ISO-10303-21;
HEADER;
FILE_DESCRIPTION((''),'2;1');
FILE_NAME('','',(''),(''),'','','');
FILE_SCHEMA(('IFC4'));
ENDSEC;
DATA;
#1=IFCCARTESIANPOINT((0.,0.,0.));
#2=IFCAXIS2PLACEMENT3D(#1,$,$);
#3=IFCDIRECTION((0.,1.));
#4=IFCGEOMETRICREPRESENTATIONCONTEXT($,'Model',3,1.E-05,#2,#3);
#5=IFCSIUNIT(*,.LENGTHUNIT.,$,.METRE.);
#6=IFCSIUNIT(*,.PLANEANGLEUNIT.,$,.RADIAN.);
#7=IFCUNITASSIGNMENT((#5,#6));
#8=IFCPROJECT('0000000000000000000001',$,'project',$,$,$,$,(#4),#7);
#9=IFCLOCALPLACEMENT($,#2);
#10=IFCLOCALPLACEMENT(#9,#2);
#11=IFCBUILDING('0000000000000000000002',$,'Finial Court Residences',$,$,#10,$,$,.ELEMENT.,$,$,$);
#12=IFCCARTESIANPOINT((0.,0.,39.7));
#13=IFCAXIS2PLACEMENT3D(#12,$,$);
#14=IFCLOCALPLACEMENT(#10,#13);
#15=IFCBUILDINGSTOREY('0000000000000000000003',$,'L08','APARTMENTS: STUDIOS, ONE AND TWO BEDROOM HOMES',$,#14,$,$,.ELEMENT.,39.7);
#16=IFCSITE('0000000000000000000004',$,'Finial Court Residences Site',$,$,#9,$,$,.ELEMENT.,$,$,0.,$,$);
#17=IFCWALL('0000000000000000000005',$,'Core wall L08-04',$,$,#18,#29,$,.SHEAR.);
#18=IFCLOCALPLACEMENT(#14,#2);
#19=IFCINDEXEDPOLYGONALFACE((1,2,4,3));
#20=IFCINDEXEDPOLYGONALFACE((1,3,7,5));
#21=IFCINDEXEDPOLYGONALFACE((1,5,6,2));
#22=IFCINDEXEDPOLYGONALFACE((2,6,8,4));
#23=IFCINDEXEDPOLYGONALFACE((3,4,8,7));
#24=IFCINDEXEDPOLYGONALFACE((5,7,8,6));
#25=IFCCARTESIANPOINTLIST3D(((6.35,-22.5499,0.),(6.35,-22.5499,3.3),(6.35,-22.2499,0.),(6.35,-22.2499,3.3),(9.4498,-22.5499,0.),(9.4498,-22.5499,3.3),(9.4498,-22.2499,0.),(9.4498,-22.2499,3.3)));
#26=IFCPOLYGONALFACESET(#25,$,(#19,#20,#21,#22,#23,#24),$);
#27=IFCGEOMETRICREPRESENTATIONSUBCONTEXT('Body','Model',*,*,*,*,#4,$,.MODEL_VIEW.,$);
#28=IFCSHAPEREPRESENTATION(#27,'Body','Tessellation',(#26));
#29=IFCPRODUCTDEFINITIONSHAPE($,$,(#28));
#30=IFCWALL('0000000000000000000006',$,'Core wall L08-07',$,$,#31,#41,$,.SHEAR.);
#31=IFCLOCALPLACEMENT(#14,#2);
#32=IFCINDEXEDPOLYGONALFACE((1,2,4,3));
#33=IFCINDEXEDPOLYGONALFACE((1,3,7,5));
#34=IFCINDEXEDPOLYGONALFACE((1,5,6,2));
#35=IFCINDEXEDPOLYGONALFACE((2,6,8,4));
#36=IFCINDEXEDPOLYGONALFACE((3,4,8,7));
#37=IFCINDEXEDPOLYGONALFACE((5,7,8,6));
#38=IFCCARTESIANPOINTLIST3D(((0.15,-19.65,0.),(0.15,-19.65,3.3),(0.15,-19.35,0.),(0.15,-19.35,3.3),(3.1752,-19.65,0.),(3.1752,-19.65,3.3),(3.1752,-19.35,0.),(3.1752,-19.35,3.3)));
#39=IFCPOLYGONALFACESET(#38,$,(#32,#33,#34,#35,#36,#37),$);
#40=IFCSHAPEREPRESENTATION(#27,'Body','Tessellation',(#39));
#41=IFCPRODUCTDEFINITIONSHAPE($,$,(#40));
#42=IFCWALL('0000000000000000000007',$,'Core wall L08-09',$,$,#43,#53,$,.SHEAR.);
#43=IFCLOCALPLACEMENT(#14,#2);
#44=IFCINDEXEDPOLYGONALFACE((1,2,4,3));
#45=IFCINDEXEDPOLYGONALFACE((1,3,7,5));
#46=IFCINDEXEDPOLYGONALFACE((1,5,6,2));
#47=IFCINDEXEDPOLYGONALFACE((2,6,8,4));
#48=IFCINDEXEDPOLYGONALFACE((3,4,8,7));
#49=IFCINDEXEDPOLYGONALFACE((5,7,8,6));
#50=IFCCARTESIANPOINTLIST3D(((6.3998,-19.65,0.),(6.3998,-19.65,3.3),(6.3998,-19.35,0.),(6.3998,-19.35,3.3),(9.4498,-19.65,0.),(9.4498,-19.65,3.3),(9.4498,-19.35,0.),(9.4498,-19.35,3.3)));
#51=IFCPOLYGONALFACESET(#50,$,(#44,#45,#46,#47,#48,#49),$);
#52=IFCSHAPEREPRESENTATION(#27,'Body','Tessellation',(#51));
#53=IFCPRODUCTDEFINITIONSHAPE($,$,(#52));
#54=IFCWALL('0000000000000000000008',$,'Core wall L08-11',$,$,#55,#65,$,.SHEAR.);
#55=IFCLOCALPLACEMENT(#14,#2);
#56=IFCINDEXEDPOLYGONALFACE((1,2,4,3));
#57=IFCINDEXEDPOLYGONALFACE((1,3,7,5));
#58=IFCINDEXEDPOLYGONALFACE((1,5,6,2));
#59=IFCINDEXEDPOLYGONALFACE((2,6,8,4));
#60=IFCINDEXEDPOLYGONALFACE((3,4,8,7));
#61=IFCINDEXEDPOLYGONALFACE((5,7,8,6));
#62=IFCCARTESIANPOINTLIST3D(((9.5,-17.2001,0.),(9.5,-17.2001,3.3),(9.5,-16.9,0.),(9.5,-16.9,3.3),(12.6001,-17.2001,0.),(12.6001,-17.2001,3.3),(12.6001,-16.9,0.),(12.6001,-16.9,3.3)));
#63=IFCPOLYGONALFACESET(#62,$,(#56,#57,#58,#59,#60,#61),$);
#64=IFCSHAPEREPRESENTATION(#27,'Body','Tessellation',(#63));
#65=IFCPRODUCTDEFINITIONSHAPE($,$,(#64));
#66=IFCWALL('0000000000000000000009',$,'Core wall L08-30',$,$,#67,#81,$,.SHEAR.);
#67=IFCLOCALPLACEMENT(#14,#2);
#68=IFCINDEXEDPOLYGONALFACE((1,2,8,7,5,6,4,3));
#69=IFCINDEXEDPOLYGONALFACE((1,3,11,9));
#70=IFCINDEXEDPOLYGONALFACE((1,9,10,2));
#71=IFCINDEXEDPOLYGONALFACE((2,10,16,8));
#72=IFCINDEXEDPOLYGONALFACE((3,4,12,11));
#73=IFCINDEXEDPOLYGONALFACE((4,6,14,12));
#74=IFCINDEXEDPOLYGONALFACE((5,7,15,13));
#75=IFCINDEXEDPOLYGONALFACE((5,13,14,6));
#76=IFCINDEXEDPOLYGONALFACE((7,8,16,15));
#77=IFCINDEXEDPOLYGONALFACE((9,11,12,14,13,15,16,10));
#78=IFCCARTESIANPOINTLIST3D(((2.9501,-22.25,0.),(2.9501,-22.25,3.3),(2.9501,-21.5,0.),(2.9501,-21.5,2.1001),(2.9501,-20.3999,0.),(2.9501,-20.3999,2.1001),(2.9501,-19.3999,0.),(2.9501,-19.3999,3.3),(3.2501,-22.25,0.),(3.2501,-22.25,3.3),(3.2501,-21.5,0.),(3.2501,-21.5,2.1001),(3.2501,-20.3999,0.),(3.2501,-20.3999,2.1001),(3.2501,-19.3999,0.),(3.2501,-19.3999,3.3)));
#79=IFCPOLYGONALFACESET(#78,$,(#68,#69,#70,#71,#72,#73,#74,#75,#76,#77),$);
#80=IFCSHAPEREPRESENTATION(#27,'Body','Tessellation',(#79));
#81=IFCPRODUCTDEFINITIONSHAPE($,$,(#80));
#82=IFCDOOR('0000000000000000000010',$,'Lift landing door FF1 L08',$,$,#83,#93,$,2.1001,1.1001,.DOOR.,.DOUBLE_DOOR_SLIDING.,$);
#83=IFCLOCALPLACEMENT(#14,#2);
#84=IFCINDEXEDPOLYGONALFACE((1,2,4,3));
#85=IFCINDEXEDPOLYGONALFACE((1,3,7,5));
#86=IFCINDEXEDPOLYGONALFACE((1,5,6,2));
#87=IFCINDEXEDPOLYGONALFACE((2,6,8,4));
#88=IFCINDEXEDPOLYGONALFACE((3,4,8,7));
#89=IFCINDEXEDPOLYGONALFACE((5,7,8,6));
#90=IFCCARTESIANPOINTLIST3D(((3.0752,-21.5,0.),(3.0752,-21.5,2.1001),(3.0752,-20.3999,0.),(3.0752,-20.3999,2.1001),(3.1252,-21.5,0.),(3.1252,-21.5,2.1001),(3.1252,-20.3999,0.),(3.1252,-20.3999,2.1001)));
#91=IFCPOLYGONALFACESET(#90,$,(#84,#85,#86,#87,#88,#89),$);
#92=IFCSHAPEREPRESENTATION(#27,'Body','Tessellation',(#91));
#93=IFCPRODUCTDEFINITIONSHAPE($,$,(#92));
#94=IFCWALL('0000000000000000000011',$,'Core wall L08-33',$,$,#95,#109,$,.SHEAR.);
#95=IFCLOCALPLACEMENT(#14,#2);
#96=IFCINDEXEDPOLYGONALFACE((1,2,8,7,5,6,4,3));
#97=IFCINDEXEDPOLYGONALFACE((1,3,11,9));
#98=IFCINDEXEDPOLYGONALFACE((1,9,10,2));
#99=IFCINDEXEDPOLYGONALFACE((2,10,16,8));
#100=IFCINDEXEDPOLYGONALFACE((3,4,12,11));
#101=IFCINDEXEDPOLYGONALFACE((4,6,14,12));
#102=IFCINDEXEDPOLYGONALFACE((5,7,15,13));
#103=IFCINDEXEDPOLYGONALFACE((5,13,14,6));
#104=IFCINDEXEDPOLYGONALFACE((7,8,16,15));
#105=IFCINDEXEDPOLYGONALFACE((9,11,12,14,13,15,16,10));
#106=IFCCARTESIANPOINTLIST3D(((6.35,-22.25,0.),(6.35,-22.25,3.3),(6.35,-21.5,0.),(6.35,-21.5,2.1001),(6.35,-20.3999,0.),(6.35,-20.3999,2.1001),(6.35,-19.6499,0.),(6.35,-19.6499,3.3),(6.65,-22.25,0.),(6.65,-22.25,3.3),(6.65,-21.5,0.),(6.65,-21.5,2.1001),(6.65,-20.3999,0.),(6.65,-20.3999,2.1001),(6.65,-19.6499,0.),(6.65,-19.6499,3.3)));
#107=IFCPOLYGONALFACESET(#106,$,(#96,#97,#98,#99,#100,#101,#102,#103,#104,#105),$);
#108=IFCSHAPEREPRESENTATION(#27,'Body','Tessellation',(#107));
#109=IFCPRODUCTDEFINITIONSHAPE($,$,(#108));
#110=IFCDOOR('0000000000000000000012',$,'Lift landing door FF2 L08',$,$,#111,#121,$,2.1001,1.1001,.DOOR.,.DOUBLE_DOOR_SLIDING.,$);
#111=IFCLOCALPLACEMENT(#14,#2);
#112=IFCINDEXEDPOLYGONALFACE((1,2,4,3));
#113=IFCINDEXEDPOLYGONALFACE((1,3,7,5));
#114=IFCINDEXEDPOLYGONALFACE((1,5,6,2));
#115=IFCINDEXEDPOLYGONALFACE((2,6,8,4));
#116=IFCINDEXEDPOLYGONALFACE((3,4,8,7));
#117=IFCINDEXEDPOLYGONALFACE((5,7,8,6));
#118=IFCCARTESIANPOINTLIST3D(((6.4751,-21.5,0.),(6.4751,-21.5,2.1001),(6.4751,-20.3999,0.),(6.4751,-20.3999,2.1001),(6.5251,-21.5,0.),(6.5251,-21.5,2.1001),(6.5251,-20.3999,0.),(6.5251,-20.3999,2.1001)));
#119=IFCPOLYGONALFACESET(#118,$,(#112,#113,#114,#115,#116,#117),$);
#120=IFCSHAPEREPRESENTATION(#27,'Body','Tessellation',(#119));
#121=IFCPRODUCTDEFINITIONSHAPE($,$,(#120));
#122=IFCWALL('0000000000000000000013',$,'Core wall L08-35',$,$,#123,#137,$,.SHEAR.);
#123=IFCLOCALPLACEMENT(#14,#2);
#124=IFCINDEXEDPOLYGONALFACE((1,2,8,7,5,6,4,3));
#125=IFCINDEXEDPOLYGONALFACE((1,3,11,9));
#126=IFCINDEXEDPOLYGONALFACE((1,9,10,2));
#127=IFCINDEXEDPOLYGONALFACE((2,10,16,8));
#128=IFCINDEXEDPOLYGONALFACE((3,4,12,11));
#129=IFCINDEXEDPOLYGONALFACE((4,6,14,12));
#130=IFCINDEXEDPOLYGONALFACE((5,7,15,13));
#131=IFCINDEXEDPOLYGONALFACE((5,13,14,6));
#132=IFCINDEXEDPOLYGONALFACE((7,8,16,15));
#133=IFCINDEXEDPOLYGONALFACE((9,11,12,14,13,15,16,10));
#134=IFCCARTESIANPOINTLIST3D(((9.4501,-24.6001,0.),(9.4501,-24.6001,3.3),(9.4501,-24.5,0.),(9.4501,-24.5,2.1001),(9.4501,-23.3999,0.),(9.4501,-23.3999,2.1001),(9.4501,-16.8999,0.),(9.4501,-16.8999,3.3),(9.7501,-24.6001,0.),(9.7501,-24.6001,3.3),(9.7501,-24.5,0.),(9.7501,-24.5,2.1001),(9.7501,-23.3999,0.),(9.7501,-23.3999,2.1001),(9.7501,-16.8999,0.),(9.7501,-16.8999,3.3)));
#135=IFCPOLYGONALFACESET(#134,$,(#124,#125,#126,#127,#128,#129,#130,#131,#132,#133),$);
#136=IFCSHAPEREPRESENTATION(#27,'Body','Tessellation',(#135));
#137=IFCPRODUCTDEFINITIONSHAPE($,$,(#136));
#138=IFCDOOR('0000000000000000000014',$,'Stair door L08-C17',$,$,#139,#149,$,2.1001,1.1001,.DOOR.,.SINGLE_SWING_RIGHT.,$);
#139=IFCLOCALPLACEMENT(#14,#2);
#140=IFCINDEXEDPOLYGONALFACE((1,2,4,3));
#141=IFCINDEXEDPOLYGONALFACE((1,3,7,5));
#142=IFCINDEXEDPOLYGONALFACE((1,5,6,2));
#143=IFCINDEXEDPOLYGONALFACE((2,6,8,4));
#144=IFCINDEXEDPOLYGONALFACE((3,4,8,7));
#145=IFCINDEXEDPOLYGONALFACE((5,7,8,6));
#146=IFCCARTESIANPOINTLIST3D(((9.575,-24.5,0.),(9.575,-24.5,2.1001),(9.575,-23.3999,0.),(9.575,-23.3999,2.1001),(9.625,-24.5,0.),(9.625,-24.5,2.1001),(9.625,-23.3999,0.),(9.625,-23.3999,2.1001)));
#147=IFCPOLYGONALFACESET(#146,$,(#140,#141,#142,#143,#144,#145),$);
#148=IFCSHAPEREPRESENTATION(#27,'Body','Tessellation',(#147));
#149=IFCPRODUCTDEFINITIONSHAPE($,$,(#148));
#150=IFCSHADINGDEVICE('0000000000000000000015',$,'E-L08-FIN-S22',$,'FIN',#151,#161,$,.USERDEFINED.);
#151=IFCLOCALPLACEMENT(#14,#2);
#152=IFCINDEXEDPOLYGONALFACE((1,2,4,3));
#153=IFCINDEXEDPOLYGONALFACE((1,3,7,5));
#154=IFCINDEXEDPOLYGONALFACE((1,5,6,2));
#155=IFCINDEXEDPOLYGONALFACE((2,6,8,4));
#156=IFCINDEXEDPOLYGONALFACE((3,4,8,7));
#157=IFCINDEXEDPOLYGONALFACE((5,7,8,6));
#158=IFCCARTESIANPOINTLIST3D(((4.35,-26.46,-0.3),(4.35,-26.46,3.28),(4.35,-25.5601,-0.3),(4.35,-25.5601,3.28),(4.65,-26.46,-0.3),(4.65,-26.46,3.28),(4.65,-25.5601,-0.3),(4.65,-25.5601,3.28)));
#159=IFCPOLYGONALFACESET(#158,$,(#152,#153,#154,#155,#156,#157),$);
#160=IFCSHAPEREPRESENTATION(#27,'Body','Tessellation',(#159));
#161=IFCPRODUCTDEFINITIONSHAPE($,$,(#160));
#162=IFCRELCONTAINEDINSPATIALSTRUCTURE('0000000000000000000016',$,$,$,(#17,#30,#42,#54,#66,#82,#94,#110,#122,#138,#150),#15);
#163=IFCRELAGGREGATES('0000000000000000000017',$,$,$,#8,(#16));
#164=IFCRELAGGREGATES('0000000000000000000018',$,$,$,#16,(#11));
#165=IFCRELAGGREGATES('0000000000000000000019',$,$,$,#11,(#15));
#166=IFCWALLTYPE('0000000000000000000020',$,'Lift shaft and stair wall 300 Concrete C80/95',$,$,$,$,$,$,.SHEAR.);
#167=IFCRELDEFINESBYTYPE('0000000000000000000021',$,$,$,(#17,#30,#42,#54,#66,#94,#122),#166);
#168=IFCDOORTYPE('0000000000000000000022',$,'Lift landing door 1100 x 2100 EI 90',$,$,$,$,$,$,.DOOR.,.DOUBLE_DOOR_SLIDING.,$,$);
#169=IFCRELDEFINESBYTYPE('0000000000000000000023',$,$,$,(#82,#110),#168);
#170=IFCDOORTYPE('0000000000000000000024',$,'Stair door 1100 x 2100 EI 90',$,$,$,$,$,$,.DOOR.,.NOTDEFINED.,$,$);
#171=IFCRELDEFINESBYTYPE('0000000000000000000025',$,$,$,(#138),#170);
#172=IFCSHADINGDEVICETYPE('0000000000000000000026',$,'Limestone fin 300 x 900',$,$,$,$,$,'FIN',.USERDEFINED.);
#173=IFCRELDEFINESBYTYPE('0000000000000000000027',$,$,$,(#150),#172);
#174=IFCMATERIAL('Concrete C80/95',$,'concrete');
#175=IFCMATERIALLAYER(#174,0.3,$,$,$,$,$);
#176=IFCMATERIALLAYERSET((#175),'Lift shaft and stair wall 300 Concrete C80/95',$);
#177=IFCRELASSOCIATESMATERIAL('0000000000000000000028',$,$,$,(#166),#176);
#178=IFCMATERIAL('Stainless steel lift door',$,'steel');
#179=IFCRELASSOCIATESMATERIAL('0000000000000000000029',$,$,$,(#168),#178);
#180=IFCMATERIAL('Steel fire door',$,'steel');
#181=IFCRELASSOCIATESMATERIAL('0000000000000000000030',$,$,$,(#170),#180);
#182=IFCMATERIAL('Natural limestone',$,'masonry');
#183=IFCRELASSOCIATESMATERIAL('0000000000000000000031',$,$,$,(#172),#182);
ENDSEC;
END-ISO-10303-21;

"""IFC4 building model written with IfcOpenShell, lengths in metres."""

from ifc_helpers import new_model, si_unit, direction, frame, frame_2d, origin, origin_2d, place, context, subcontext, project, spatial, rectangle, extrude, material, layer, layer_set, type_object, element, fill, save


model = new_model("IFC4")

# Units and contexts
model_context = context("Model", 3, precision=1e-05, world=origin(), true_north=direction((0.0, 1.0)))
body_context = subcontext(model_context, "Body", "Model", "MODEL_VIEW")
ifc_project = project(units=[si_unit("LENGTHUNIT", "METRE"), si_unit("PLANEANGLEUNIT", "RADIAN")], contexts=[model_context])

# Site, building, storey
site_placement = place(None, origin())
site = spatial("IfcSite", under=ifc_project, at=site_placement, Name="Finial Court Residences Site", CompositionType="ELEMENT", RefElevation=0.0)
building_placement = place(site_placement, origin())
building = spatial("IfcBuilding", under=site, at=building_placement, Name="Finial Court Residences", CompositionType="ELEMENT")
storey_placement = place(building_placement, frame((0.0, 0.0, 39.7)))
storey = spatial("IfcBuildingStorey", under=building, at=storey_placement, Name="L08", Description="APARTMENTS: STUDIOS, ONE AND TWO BEDROOM HOMES", CompositionType="ELEMENT", Elevation=39.7)

# Shared definitions
ifc_material_1 = material(Name="Steel fire door", Category="steel")

# Walls
ifc_material_2 = material(Name="Concrete C80/95", Category="concrete")
ifc_layer_1 = layer(ifc_material_2, 0.3)
ifc_layer_set_1 = layer_set([ifc_layer_1], Name="Lift shaft and stair wall 300 Concrete C80/95")
wall_type_1 = type_object("IfcWallType", Name="Lift shaft and stair wall 300 Concrete C80/95", PredefinedType="SHEAR", material=ifc_layer_set_1)
wall_1_placement = place(storey_placement, frame((6.3501, -22.3999, 0.0), z_axis=(0.0, 0.0, 1.0), x_axis=(1.0, 0.0, 0.0)))
element("IfcWall", 1, at=wall_1_placement, inside=storey, type_object=wall_type_1, Name="Core wall L08-04", PredefinedType="SHEAR", context=body_context, shape_type="SweptSolid", body=[
    extrude(rectangle(XDim=3.0999, YDim=0.3, at=frame_2d((1.5498, 0.0))), origin(), (0.0, 0.0, 1.0), 3.3),
])
wall_2_placement = place(storey_placement, frame((0.1499, -19.5, 0.0), z_axis=(0.0, 0.0, 1.0), x_axis=(1.0, 0.0, 0.0)))
element("IfcWall", 2, at=wall_2_placement, inside=storey, type_object=wall_type_1, Name="Core wall L08-07", PredefinedType="SHEAR", context=body_context, shape_type="SweptSolid", body=[
    extrude(rectangle(XDim=3.0251, YDim=0.3, at=frame_2d((1.5127, 0.0))), origin(), (0.0, 0.0, 1.0), 3.3),
])
wall_3_placement = place(storey_placement, frame((6.3999, -19.5, 0.0), z_axis=(0.0, 0.0, 1.0), x_axis=(1.0, 0.0, 0.0)))
element("IfcWall", 3, at=wall_3_placement, inside=storey, type_object=wall_type_1, Name="Core wall L08-09", PredefinedType="SHEAR", context=body_context, shape_type="SweptSolid", body=[
    extrude(rectangle(XDim=3.05, YDim=0.3, at=frame_2d((1.5249, 0.0))), origin(), (0.0, 0.0, 1.0), 3.3),
])
wall_4_placement = place(storey_placement, frame((9.5, -17.05, 0.0), z_axis=(0.0, 0.0, 1.0), x_axis=(1.0, 0.0, 0.0)))
element("IfcWall", 4, at=wall_4_placement, inside=storey, type_object=wall_type_1, Name="Core wall L08-11", PredefinedType="SHEAR", context=body_context, shape_type="SweptSolid", body=[
    extrude(rectangle(XDim=3.1001, YDim=0.3, at=frame_2d((1.55, 0.0))), origin(), (0.0, 0.0, 1.0), 3.3),
])

# Walls, openings, doors
wall_5_placement = place(storey_placement, frame((3.1001, -22.25, 0.0), z_axis=(0.0, 0.0, 1.0), x_axis=(0.0, 1.0, 0.0)))
wall_5 = element("IfcWall", 5, at=wall_5_placement, inside=storey, type_object=wall_type_1, Name="Core wall L08-30", PredefinedType="SHEAR", context=body_context, shape_type="SweptSolid", body=[
    extrude(rectangle(XDim=2.8501, YDim=0.3, at=frame_2d((1.425, 0.0))), origin(), (0.0, 0.0, 1.0), 3.3),
])
opening_1_placement = place(wall_5_placement, frame((0.75, 0.0, 0.0)))
opening_1 = element("IfcOpeningElement", 6, at=opening_1_placement, cuts=wall_5, PredefinedType="OPENING", context=body_context, shape_type="SweptSolid", body=[
    extrude(rectangle(XDim=1.1001, YDim=2.1001, at=frame_2d((0.55, 1.05))), frame((0.0, 0.1599, 0.0), z_axis=(0.0, -1.0, 0.0), x_axis=(1.0, 0.0, 0.0)), (0.0, 0.0, 1.0), 0.3201),
])
ifc_material_3 = material(Name="Stainless steel lift door", Category="steel")
door_type_1 = type_object("IfcDoorType", Name="Lift landing door 1100 x 2100 EI 90", OperationType="DOUBLE_DOOR_SLIDING", PredefinedType="DOOR", material=ifc_material_3)
door_1_placement = place(opening_1_placement, origin())
door_1 = element("IfcDoor", 7, at=door_1_placement, inside=storey, type_object=door_type_1, Name="Lift landing door FF1 L08", OperationType="DOUBLE_DOOR_SLIDING", OverallHeight=2.1001, OverallWidth=1.1001, PredefinedType="DOOR", context=body_context, shape_type="SweptSolid", body=[
    extrude(rectangle(XDim=1.1001, YDim=2.1001, at=frame_2d((0.55, 1.05))), frame((0.0, 0.0249, 0.0), z_axis=(0.0, -1.0, 0.0), x_axis=(1.0, 0.0, 0.0)), (0.0, 0.0, 1.0), 0.05),
])
fill(opening_1, door_1)
wall_6_placement = place(storey_placement, frame((6.5, -22.25, 0.0), z_axis=(0.0, 0.0, 1.0), x_axis=(0.0, 1.0, 0.0)))
wall_6 = element("IfcWall", 8, at=wall_6_placement, inside=storey, type_object=wall_type_1, Name="Core wall L08-33", PredefinedType="SHEAR", context=body_context, shape_type="SweptSolid", body=[
    extrude(rectangle(XDim=2.6001, YDim=0.3, at=frame_2d((1.3, 0.0))), origin(), (0.0, 0.0, 1.0), 3.3),
])
opening_2_placement = place(wall_6_placement, frame((0.75, 0.0, 0.0)))
opening_2 = element("IfcOpeningElement", 9, at=opening_2_placement, cuts=wall_6, PredefinedType="OPENING", context=body_context, shape_type="SweptSolid", body=[
    extrude(rectangle(XDim=1.1001, YDim=2.1001, at=frame_2d((0.55, 1.05))), frame((0.0, 0.1599, 0.0), z_axis=(0.0, -1.0, 0.0), x_axis=(1.0, 0.0, 0.0)), (0.0, 0.0, 1.0), 0.3201),
])
door_2_placement = place(opening_2_placement, origin())
door_2 = element("IfcDoor", 10, at=door_2_placement, inside=storey, type_object=door_type_1, Name="Lift landing door FF2 L08", OperationType="DOUBLE_DOOR_SLIDING", OverallHeight=2.1001, OverallWidth=1.1001, PredefinedType="DOOR", context=body_context, shape_type="SweptSolid", body=[
    extrude(rectangle(XDim=1.1001, YDim=2.1001, at=frame_2d((0.55, 1.05))), frame((0.0, 0.0249, 0.0), z_axis=(0.0, -1.0, 0.0), x_axis=(1.0, 0.0, 0.0)), (0.0, 0.0, 1.0), 0.05),
])
fill(opening_2, door_2)
wall_7_placement = place(storey_placement, frame((9.6001, -16.8999, 0.0), z_axis=(0.0, 0.0, 1.0), x_axis=(0.0, -1.0, 0.0)))
wall_7 = element("IfcWall", 11, at=wall_7_placement, inside=storey, type_object=wall_type_1, Name="Core wall L08-35", PredefinedType="SHEAR", context=body_context, shape_type="SweptSolid", body=[
    extrude(rectangle(XDim=7.7002, YDim=0.3, at=frame_2d((3.8501, 0.0))), origin(), (0.0, 0.0, 1.0), 3.3),
])
opening_3_placement = place(wall_7_placement, frame((6.5, 0.0, 0.0)))
opening_3 = element("IfcOpeningElement", 12, at=opening_3_placement, cuts=wall_7, PredefinedType="OPENING", context=body_context, shape_type="SweptSolid", body=[
    extrude(rectangle(XDim=1.1001, YDim=2.1001, at=frame_2d((0.55, 1.05))), frame((0.0, 0.1599, 0.0), z_axis=(0.0, -1.0, 0.0), x_axis=(1.0, 0.0, 0.0)), (0.0, 0.0, 1.0), 0.3201),
])
door_type_2 = type_object("IfcDoorType", Name="Stair door 1100 x 2100 EI 90", OperationType="NOTDEFINED", PredefinedType="DOOR", material=ifc_material_1)
door_3_placement = place(opening_3_placement, origin())
door_3 = element("IfcDoor", 13, at=door_3_placement, inside=storey, type_object=door_type_2, Name="Stair door L08-C17", OperationType="SINGLE_SWING_RIGHT", OverallHeight=2.1001, OverallWidth=1.1001, PredefinedType="DOOR", context=body_context, shape_type="SweptSolid", body=[
    extrude(rectangle(XDim=1.1001, YDim=2.1001, at=frame_2d((0.55, 1.05))), frame((0.0, 0.0249, 0.0), z_axis=(0.0, -1.0, 0.0), x_axis=(1.0, 0.0, 0.0)), (0.0, 0.0, 1.0), 0.05),
])
fill(opening_3, door_3)

# Shading device
ifc_material_4 = material(Name="Natural limestone", Category="masonry")
shading_device_type = type_object("IfcShadingDeviceType", Name="Limestone fin 300 x 900", ElementType="FIN", PredefinedType="USERDEFINED", material=ifc_material_4)
shading_device_placement = place(storey_placement, frame((4.5, -26.01, -0.3), z_axis=(0.0, 0.0, 1.0), x_axis=(1.0, 0.0, 0.0)))
element("IfcShadingDevice", 14, at=shading_device_placement, inside=storey, type_object=shading_device_type, Name="E-L08-FIN-S22", ObjectType="FIN", PredefinedType="USERDEFINED", context=body_context, shape_type="SweptSolid", body=[
    extrude(rectangle(XDim=0.3, YDim=0.8999, at=origin_2d()), origin(), (0.0, 0.0, 1.0), 3.5801),
])

save(model, "model.ifc")
